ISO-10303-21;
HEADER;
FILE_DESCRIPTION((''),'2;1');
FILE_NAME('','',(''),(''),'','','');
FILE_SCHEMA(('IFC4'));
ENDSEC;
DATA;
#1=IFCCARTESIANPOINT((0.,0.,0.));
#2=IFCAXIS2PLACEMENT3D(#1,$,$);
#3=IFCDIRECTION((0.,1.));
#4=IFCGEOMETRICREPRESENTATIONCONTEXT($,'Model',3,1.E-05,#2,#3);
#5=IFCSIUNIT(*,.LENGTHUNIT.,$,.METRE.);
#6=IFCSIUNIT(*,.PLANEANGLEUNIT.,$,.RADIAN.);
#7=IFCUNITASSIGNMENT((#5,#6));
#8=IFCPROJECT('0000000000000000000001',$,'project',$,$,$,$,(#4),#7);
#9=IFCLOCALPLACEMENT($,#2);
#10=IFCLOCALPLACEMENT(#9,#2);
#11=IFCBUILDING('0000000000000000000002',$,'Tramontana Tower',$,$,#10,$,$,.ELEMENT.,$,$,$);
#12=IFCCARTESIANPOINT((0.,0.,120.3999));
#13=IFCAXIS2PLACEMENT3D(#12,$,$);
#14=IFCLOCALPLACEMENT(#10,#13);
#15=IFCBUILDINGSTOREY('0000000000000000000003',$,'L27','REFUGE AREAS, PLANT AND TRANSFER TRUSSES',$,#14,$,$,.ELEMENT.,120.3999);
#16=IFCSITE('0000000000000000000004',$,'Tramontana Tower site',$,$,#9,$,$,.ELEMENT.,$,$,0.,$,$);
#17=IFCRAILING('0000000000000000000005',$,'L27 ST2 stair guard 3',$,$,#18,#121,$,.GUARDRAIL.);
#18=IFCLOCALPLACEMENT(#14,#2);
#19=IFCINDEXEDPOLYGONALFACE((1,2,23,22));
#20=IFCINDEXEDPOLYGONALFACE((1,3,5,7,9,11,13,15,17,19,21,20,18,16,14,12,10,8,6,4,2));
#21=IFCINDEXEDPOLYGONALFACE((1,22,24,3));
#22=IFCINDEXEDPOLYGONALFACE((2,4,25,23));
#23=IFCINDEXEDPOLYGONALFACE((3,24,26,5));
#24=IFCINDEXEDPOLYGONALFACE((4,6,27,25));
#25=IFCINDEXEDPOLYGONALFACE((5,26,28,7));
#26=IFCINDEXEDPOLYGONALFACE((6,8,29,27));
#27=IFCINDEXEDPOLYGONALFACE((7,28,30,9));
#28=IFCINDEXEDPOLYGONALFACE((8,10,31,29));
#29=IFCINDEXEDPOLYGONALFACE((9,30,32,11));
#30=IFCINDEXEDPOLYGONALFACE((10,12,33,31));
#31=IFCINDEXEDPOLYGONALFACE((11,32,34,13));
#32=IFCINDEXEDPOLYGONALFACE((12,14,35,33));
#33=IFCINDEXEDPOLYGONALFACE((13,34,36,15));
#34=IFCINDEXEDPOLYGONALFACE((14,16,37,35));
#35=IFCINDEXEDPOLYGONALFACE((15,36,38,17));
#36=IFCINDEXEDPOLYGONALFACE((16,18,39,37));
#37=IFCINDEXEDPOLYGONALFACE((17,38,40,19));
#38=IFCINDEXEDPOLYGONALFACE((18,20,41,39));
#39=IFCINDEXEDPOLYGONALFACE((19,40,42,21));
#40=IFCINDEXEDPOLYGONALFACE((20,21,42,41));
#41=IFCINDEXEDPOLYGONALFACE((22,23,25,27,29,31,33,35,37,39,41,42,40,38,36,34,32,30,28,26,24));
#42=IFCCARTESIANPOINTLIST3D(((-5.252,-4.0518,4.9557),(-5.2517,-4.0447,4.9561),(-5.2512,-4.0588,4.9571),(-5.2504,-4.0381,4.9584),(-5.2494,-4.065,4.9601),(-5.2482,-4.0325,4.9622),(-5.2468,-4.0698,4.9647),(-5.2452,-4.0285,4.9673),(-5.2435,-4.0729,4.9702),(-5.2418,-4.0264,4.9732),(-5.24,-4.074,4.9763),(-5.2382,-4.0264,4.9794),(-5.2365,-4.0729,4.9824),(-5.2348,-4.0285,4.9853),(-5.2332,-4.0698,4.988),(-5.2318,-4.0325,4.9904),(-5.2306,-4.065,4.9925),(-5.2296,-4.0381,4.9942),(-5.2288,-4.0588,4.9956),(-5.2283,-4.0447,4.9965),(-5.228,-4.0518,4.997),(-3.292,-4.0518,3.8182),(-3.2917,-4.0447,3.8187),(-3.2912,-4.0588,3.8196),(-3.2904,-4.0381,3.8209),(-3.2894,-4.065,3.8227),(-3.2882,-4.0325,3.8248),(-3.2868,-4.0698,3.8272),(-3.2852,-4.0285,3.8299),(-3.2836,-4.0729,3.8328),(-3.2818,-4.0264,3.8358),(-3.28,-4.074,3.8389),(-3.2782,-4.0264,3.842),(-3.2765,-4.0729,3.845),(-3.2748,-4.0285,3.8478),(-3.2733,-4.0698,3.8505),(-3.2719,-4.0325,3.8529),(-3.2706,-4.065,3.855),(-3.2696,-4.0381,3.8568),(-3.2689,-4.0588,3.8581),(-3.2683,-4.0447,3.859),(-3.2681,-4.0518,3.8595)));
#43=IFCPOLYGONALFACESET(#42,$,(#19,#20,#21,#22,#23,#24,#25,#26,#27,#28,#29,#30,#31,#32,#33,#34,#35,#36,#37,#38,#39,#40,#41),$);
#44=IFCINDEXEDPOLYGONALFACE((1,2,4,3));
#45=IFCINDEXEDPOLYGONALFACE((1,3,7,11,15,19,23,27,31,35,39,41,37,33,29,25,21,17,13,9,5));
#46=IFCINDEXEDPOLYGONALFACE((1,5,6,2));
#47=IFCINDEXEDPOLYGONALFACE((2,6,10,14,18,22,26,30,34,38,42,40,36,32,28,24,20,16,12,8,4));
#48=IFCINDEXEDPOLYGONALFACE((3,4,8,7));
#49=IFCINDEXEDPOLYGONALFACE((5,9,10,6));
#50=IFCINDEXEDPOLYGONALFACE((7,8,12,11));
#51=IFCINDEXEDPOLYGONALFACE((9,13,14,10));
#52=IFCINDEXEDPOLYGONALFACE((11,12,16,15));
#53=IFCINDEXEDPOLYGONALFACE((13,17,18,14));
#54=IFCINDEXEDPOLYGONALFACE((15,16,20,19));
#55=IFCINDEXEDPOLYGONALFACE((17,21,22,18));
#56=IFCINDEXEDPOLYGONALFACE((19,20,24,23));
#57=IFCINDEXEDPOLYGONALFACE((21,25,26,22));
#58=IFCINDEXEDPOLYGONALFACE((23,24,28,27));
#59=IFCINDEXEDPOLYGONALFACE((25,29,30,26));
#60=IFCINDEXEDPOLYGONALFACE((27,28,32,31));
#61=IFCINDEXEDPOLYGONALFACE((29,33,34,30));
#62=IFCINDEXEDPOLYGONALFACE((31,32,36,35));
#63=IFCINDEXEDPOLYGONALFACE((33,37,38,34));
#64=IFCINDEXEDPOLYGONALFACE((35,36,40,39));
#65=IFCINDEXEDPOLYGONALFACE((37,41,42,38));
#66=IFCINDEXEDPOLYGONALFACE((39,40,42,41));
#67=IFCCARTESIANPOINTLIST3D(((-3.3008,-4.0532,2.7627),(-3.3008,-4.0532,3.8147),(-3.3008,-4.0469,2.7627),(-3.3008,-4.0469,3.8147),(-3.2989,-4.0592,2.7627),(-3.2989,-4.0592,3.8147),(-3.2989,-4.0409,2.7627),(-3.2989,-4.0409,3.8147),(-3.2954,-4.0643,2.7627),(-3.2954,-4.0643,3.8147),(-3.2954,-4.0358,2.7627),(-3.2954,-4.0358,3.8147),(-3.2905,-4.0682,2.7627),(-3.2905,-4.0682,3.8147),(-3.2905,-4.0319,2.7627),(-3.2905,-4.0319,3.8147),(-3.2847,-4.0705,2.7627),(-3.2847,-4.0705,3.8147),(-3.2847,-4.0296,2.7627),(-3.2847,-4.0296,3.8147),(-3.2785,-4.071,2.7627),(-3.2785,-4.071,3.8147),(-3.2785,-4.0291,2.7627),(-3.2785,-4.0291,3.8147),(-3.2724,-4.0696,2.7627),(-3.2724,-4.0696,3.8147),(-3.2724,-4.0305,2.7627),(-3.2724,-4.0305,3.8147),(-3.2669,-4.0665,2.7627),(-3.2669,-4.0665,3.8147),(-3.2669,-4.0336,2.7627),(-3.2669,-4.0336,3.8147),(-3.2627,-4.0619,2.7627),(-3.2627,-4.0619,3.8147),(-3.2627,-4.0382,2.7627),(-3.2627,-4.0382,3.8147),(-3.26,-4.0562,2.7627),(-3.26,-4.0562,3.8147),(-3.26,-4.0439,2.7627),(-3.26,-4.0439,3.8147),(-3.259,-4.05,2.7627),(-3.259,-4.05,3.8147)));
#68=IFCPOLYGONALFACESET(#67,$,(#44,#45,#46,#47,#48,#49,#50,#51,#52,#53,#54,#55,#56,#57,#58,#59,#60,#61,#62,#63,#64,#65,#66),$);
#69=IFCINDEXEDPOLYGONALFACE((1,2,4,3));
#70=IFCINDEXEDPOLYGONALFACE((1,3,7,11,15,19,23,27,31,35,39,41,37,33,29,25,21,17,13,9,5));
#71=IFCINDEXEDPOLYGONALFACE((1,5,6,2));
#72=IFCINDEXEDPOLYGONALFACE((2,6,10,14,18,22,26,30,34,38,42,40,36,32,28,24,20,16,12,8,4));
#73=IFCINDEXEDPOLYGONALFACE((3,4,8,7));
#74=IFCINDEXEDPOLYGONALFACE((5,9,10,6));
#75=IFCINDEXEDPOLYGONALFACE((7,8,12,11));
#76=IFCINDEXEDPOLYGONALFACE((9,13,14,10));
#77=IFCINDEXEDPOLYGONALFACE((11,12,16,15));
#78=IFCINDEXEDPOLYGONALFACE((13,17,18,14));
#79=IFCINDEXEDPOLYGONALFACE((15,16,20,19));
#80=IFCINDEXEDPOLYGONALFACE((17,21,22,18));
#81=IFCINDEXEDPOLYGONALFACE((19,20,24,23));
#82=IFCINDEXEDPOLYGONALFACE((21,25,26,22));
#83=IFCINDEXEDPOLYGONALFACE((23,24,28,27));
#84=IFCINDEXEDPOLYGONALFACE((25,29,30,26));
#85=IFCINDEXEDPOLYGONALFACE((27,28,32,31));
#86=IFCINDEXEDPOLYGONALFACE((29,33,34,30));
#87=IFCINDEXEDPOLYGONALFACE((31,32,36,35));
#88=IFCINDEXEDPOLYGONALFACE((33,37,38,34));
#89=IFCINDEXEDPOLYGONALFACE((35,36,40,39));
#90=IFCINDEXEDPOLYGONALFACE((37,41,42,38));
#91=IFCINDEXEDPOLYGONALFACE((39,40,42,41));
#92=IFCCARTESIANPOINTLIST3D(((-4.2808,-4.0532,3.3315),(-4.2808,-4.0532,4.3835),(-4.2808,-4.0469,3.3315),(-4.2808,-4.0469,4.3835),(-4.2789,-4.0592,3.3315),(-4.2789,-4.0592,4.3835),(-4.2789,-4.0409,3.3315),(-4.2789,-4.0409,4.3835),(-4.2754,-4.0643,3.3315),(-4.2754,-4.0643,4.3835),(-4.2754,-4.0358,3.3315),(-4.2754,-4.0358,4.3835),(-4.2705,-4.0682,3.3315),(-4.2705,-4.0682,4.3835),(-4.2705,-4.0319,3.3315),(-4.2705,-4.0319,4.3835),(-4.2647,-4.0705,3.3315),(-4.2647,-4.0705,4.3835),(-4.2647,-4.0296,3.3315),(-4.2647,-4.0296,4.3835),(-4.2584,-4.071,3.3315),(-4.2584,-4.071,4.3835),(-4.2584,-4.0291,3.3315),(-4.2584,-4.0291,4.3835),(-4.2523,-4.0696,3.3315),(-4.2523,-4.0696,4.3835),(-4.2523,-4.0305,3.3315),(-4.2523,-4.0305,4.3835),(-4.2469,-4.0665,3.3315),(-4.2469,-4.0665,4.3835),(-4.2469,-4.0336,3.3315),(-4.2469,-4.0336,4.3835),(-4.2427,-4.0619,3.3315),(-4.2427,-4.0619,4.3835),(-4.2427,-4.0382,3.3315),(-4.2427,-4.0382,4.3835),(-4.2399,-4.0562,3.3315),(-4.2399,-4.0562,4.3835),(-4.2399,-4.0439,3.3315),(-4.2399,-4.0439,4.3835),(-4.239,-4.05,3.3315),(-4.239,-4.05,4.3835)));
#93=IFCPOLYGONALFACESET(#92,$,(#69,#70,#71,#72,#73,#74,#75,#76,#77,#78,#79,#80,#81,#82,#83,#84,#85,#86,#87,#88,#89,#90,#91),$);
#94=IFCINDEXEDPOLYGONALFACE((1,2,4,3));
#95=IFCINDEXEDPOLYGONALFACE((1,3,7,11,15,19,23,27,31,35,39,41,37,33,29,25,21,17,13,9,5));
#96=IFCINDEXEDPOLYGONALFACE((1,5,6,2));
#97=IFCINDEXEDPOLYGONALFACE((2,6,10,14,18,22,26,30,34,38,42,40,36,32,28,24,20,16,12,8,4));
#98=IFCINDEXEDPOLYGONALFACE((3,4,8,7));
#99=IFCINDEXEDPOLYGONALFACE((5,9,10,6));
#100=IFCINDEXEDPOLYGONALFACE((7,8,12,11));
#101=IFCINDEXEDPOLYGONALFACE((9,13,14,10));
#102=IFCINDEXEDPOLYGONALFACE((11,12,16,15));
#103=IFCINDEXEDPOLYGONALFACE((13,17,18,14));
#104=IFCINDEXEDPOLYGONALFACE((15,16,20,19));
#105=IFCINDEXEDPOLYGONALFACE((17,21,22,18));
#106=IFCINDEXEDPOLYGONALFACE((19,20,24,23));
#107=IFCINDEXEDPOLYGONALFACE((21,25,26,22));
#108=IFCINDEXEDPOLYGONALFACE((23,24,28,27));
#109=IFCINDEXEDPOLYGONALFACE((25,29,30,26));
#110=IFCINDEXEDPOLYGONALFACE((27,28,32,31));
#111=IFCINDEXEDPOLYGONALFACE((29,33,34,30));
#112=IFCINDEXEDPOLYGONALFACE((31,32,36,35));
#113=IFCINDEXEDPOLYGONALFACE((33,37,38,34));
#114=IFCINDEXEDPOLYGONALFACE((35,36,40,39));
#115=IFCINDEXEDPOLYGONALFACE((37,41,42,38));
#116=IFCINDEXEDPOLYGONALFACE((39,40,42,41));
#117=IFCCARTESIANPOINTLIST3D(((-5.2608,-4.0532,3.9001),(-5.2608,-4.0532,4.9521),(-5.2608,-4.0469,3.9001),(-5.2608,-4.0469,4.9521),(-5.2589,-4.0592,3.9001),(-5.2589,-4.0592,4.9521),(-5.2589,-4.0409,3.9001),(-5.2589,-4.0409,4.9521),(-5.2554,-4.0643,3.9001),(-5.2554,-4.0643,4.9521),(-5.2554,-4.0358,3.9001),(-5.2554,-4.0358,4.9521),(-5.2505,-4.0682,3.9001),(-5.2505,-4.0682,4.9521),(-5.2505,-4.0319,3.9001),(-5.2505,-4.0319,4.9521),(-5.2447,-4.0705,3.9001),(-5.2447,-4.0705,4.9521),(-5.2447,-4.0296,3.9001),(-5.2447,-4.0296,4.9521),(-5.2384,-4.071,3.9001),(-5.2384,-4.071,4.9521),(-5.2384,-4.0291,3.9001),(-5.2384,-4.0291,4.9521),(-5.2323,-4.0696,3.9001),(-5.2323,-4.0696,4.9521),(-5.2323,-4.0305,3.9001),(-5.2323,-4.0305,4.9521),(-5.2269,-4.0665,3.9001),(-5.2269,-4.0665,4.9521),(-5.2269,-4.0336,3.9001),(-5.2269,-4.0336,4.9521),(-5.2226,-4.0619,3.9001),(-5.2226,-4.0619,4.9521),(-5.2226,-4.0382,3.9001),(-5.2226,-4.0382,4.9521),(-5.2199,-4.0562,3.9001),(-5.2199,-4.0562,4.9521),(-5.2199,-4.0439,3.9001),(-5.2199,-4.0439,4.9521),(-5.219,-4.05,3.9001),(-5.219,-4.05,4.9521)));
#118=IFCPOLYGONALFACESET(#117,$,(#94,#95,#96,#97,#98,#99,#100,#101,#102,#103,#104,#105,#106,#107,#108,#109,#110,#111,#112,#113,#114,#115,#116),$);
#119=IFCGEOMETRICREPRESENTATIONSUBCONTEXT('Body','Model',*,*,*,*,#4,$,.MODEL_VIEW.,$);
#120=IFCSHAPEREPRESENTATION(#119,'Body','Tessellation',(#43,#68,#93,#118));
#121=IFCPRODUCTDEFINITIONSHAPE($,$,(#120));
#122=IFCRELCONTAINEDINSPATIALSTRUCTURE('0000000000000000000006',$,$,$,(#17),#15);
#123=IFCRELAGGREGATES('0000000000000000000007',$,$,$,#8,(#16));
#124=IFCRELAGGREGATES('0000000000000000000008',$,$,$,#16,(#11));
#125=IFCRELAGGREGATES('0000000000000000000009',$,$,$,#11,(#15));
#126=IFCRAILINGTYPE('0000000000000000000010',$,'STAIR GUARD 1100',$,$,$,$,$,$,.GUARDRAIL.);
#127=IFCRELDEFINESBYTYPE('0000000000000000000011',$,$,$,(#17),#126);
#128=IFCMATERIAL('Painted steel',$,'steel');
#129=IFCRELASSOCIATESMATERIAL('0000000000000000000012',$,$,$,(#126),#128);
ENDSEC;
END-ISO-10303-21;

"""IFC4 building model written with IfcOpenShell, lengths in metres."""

from ifc_helpers import new_model, si_unit, direction, frame, origin, origin_2d, place, context, subcontext, project, spatial, circle, extrude, material, type_object, element, save


model = new_model("IFC4")

# Units and contexts
model_context = context("Model", 3, precision=1e-05, world=origin(), true_north=direction((0.0, 1.0)))
body_context = subcontext(model_context, "Body", "Model", "MODEL_VIEW")
ifc_project = project(units=[si_unit("LENGTHUNIT", "METRE"), si_unit("PLANEANGLEUNIT", "RADIAN")], contexts=[model_context])

# Site, building, storey
site_placement = place(None, origin())
site = spatial("IfcSite", under=ifc_project, at=site_placement, Name="Tramontana Tower site", CompositionType="ELEMENT", RefElevation=0.0)
building_placement = place(site_placement, origin())
building = spatial("IfcBuilding", under=site, at=building_placement, Name="Tramontana Tower", CompositionType="ELEMENT")
storey_placement = place(building_placement, frame((0.0, 0.0, 120.3999)))
storey = spatial("IfcBuildingStorey", under=building, at=storey_placement, Name="L27", Description="REFUGE AREAS, PLANT AND TRANSFER TRUSSES", CompositionType="ELEMENT", Elevation=120.3999)

# Railing
ifc_material_1 = material(Name="Painted steel", Category="steel")
railing_type_1 = type_object("IfcRailingType", Name="STAIR GUARD 1100", PredefinedType="GUARDRAIL", material=ifc_material_1)
railing_1_placement = place(storey_placement, frame((-3.28, -4.05, 2.7627)))
element("IfcRailing", 1, at=railing_1_placement, inside=storey, type_object=railing_type_1, Name="L27 ST2 stair guard 3", PredefinedType="GUARDRAIL", context=body_context, shape_type="SweptSolid", body=[
    extrude(circle(Radius=0.0239, at=origin_2d()), frame((0.0, 0.0, 1.0762), z_axis=(-0.864902, 0.0, 0.501941), x_axis=(0.0, -1.0, 0.0)), (0.0, 0.0, 1.0), 2.2661),
    extrude(circle(Radius=0.021, at=origin_2d()), origin(), (0.0, 0.0, 1.0), 1.052),
    extrude(circle(Radius=0.021, at=origin_2d()), frame((-0.98, 0.0, 0.5688)), (0.0, 0.0, 1.0), 1.052),
    extrude(circle(Radius=0.021, at=origin_2d()), frame((-1.96, 0.0, 1.1375)), (0.0, 0.0, 1.0), 1.052),
])

save(model, "model.ifc")
